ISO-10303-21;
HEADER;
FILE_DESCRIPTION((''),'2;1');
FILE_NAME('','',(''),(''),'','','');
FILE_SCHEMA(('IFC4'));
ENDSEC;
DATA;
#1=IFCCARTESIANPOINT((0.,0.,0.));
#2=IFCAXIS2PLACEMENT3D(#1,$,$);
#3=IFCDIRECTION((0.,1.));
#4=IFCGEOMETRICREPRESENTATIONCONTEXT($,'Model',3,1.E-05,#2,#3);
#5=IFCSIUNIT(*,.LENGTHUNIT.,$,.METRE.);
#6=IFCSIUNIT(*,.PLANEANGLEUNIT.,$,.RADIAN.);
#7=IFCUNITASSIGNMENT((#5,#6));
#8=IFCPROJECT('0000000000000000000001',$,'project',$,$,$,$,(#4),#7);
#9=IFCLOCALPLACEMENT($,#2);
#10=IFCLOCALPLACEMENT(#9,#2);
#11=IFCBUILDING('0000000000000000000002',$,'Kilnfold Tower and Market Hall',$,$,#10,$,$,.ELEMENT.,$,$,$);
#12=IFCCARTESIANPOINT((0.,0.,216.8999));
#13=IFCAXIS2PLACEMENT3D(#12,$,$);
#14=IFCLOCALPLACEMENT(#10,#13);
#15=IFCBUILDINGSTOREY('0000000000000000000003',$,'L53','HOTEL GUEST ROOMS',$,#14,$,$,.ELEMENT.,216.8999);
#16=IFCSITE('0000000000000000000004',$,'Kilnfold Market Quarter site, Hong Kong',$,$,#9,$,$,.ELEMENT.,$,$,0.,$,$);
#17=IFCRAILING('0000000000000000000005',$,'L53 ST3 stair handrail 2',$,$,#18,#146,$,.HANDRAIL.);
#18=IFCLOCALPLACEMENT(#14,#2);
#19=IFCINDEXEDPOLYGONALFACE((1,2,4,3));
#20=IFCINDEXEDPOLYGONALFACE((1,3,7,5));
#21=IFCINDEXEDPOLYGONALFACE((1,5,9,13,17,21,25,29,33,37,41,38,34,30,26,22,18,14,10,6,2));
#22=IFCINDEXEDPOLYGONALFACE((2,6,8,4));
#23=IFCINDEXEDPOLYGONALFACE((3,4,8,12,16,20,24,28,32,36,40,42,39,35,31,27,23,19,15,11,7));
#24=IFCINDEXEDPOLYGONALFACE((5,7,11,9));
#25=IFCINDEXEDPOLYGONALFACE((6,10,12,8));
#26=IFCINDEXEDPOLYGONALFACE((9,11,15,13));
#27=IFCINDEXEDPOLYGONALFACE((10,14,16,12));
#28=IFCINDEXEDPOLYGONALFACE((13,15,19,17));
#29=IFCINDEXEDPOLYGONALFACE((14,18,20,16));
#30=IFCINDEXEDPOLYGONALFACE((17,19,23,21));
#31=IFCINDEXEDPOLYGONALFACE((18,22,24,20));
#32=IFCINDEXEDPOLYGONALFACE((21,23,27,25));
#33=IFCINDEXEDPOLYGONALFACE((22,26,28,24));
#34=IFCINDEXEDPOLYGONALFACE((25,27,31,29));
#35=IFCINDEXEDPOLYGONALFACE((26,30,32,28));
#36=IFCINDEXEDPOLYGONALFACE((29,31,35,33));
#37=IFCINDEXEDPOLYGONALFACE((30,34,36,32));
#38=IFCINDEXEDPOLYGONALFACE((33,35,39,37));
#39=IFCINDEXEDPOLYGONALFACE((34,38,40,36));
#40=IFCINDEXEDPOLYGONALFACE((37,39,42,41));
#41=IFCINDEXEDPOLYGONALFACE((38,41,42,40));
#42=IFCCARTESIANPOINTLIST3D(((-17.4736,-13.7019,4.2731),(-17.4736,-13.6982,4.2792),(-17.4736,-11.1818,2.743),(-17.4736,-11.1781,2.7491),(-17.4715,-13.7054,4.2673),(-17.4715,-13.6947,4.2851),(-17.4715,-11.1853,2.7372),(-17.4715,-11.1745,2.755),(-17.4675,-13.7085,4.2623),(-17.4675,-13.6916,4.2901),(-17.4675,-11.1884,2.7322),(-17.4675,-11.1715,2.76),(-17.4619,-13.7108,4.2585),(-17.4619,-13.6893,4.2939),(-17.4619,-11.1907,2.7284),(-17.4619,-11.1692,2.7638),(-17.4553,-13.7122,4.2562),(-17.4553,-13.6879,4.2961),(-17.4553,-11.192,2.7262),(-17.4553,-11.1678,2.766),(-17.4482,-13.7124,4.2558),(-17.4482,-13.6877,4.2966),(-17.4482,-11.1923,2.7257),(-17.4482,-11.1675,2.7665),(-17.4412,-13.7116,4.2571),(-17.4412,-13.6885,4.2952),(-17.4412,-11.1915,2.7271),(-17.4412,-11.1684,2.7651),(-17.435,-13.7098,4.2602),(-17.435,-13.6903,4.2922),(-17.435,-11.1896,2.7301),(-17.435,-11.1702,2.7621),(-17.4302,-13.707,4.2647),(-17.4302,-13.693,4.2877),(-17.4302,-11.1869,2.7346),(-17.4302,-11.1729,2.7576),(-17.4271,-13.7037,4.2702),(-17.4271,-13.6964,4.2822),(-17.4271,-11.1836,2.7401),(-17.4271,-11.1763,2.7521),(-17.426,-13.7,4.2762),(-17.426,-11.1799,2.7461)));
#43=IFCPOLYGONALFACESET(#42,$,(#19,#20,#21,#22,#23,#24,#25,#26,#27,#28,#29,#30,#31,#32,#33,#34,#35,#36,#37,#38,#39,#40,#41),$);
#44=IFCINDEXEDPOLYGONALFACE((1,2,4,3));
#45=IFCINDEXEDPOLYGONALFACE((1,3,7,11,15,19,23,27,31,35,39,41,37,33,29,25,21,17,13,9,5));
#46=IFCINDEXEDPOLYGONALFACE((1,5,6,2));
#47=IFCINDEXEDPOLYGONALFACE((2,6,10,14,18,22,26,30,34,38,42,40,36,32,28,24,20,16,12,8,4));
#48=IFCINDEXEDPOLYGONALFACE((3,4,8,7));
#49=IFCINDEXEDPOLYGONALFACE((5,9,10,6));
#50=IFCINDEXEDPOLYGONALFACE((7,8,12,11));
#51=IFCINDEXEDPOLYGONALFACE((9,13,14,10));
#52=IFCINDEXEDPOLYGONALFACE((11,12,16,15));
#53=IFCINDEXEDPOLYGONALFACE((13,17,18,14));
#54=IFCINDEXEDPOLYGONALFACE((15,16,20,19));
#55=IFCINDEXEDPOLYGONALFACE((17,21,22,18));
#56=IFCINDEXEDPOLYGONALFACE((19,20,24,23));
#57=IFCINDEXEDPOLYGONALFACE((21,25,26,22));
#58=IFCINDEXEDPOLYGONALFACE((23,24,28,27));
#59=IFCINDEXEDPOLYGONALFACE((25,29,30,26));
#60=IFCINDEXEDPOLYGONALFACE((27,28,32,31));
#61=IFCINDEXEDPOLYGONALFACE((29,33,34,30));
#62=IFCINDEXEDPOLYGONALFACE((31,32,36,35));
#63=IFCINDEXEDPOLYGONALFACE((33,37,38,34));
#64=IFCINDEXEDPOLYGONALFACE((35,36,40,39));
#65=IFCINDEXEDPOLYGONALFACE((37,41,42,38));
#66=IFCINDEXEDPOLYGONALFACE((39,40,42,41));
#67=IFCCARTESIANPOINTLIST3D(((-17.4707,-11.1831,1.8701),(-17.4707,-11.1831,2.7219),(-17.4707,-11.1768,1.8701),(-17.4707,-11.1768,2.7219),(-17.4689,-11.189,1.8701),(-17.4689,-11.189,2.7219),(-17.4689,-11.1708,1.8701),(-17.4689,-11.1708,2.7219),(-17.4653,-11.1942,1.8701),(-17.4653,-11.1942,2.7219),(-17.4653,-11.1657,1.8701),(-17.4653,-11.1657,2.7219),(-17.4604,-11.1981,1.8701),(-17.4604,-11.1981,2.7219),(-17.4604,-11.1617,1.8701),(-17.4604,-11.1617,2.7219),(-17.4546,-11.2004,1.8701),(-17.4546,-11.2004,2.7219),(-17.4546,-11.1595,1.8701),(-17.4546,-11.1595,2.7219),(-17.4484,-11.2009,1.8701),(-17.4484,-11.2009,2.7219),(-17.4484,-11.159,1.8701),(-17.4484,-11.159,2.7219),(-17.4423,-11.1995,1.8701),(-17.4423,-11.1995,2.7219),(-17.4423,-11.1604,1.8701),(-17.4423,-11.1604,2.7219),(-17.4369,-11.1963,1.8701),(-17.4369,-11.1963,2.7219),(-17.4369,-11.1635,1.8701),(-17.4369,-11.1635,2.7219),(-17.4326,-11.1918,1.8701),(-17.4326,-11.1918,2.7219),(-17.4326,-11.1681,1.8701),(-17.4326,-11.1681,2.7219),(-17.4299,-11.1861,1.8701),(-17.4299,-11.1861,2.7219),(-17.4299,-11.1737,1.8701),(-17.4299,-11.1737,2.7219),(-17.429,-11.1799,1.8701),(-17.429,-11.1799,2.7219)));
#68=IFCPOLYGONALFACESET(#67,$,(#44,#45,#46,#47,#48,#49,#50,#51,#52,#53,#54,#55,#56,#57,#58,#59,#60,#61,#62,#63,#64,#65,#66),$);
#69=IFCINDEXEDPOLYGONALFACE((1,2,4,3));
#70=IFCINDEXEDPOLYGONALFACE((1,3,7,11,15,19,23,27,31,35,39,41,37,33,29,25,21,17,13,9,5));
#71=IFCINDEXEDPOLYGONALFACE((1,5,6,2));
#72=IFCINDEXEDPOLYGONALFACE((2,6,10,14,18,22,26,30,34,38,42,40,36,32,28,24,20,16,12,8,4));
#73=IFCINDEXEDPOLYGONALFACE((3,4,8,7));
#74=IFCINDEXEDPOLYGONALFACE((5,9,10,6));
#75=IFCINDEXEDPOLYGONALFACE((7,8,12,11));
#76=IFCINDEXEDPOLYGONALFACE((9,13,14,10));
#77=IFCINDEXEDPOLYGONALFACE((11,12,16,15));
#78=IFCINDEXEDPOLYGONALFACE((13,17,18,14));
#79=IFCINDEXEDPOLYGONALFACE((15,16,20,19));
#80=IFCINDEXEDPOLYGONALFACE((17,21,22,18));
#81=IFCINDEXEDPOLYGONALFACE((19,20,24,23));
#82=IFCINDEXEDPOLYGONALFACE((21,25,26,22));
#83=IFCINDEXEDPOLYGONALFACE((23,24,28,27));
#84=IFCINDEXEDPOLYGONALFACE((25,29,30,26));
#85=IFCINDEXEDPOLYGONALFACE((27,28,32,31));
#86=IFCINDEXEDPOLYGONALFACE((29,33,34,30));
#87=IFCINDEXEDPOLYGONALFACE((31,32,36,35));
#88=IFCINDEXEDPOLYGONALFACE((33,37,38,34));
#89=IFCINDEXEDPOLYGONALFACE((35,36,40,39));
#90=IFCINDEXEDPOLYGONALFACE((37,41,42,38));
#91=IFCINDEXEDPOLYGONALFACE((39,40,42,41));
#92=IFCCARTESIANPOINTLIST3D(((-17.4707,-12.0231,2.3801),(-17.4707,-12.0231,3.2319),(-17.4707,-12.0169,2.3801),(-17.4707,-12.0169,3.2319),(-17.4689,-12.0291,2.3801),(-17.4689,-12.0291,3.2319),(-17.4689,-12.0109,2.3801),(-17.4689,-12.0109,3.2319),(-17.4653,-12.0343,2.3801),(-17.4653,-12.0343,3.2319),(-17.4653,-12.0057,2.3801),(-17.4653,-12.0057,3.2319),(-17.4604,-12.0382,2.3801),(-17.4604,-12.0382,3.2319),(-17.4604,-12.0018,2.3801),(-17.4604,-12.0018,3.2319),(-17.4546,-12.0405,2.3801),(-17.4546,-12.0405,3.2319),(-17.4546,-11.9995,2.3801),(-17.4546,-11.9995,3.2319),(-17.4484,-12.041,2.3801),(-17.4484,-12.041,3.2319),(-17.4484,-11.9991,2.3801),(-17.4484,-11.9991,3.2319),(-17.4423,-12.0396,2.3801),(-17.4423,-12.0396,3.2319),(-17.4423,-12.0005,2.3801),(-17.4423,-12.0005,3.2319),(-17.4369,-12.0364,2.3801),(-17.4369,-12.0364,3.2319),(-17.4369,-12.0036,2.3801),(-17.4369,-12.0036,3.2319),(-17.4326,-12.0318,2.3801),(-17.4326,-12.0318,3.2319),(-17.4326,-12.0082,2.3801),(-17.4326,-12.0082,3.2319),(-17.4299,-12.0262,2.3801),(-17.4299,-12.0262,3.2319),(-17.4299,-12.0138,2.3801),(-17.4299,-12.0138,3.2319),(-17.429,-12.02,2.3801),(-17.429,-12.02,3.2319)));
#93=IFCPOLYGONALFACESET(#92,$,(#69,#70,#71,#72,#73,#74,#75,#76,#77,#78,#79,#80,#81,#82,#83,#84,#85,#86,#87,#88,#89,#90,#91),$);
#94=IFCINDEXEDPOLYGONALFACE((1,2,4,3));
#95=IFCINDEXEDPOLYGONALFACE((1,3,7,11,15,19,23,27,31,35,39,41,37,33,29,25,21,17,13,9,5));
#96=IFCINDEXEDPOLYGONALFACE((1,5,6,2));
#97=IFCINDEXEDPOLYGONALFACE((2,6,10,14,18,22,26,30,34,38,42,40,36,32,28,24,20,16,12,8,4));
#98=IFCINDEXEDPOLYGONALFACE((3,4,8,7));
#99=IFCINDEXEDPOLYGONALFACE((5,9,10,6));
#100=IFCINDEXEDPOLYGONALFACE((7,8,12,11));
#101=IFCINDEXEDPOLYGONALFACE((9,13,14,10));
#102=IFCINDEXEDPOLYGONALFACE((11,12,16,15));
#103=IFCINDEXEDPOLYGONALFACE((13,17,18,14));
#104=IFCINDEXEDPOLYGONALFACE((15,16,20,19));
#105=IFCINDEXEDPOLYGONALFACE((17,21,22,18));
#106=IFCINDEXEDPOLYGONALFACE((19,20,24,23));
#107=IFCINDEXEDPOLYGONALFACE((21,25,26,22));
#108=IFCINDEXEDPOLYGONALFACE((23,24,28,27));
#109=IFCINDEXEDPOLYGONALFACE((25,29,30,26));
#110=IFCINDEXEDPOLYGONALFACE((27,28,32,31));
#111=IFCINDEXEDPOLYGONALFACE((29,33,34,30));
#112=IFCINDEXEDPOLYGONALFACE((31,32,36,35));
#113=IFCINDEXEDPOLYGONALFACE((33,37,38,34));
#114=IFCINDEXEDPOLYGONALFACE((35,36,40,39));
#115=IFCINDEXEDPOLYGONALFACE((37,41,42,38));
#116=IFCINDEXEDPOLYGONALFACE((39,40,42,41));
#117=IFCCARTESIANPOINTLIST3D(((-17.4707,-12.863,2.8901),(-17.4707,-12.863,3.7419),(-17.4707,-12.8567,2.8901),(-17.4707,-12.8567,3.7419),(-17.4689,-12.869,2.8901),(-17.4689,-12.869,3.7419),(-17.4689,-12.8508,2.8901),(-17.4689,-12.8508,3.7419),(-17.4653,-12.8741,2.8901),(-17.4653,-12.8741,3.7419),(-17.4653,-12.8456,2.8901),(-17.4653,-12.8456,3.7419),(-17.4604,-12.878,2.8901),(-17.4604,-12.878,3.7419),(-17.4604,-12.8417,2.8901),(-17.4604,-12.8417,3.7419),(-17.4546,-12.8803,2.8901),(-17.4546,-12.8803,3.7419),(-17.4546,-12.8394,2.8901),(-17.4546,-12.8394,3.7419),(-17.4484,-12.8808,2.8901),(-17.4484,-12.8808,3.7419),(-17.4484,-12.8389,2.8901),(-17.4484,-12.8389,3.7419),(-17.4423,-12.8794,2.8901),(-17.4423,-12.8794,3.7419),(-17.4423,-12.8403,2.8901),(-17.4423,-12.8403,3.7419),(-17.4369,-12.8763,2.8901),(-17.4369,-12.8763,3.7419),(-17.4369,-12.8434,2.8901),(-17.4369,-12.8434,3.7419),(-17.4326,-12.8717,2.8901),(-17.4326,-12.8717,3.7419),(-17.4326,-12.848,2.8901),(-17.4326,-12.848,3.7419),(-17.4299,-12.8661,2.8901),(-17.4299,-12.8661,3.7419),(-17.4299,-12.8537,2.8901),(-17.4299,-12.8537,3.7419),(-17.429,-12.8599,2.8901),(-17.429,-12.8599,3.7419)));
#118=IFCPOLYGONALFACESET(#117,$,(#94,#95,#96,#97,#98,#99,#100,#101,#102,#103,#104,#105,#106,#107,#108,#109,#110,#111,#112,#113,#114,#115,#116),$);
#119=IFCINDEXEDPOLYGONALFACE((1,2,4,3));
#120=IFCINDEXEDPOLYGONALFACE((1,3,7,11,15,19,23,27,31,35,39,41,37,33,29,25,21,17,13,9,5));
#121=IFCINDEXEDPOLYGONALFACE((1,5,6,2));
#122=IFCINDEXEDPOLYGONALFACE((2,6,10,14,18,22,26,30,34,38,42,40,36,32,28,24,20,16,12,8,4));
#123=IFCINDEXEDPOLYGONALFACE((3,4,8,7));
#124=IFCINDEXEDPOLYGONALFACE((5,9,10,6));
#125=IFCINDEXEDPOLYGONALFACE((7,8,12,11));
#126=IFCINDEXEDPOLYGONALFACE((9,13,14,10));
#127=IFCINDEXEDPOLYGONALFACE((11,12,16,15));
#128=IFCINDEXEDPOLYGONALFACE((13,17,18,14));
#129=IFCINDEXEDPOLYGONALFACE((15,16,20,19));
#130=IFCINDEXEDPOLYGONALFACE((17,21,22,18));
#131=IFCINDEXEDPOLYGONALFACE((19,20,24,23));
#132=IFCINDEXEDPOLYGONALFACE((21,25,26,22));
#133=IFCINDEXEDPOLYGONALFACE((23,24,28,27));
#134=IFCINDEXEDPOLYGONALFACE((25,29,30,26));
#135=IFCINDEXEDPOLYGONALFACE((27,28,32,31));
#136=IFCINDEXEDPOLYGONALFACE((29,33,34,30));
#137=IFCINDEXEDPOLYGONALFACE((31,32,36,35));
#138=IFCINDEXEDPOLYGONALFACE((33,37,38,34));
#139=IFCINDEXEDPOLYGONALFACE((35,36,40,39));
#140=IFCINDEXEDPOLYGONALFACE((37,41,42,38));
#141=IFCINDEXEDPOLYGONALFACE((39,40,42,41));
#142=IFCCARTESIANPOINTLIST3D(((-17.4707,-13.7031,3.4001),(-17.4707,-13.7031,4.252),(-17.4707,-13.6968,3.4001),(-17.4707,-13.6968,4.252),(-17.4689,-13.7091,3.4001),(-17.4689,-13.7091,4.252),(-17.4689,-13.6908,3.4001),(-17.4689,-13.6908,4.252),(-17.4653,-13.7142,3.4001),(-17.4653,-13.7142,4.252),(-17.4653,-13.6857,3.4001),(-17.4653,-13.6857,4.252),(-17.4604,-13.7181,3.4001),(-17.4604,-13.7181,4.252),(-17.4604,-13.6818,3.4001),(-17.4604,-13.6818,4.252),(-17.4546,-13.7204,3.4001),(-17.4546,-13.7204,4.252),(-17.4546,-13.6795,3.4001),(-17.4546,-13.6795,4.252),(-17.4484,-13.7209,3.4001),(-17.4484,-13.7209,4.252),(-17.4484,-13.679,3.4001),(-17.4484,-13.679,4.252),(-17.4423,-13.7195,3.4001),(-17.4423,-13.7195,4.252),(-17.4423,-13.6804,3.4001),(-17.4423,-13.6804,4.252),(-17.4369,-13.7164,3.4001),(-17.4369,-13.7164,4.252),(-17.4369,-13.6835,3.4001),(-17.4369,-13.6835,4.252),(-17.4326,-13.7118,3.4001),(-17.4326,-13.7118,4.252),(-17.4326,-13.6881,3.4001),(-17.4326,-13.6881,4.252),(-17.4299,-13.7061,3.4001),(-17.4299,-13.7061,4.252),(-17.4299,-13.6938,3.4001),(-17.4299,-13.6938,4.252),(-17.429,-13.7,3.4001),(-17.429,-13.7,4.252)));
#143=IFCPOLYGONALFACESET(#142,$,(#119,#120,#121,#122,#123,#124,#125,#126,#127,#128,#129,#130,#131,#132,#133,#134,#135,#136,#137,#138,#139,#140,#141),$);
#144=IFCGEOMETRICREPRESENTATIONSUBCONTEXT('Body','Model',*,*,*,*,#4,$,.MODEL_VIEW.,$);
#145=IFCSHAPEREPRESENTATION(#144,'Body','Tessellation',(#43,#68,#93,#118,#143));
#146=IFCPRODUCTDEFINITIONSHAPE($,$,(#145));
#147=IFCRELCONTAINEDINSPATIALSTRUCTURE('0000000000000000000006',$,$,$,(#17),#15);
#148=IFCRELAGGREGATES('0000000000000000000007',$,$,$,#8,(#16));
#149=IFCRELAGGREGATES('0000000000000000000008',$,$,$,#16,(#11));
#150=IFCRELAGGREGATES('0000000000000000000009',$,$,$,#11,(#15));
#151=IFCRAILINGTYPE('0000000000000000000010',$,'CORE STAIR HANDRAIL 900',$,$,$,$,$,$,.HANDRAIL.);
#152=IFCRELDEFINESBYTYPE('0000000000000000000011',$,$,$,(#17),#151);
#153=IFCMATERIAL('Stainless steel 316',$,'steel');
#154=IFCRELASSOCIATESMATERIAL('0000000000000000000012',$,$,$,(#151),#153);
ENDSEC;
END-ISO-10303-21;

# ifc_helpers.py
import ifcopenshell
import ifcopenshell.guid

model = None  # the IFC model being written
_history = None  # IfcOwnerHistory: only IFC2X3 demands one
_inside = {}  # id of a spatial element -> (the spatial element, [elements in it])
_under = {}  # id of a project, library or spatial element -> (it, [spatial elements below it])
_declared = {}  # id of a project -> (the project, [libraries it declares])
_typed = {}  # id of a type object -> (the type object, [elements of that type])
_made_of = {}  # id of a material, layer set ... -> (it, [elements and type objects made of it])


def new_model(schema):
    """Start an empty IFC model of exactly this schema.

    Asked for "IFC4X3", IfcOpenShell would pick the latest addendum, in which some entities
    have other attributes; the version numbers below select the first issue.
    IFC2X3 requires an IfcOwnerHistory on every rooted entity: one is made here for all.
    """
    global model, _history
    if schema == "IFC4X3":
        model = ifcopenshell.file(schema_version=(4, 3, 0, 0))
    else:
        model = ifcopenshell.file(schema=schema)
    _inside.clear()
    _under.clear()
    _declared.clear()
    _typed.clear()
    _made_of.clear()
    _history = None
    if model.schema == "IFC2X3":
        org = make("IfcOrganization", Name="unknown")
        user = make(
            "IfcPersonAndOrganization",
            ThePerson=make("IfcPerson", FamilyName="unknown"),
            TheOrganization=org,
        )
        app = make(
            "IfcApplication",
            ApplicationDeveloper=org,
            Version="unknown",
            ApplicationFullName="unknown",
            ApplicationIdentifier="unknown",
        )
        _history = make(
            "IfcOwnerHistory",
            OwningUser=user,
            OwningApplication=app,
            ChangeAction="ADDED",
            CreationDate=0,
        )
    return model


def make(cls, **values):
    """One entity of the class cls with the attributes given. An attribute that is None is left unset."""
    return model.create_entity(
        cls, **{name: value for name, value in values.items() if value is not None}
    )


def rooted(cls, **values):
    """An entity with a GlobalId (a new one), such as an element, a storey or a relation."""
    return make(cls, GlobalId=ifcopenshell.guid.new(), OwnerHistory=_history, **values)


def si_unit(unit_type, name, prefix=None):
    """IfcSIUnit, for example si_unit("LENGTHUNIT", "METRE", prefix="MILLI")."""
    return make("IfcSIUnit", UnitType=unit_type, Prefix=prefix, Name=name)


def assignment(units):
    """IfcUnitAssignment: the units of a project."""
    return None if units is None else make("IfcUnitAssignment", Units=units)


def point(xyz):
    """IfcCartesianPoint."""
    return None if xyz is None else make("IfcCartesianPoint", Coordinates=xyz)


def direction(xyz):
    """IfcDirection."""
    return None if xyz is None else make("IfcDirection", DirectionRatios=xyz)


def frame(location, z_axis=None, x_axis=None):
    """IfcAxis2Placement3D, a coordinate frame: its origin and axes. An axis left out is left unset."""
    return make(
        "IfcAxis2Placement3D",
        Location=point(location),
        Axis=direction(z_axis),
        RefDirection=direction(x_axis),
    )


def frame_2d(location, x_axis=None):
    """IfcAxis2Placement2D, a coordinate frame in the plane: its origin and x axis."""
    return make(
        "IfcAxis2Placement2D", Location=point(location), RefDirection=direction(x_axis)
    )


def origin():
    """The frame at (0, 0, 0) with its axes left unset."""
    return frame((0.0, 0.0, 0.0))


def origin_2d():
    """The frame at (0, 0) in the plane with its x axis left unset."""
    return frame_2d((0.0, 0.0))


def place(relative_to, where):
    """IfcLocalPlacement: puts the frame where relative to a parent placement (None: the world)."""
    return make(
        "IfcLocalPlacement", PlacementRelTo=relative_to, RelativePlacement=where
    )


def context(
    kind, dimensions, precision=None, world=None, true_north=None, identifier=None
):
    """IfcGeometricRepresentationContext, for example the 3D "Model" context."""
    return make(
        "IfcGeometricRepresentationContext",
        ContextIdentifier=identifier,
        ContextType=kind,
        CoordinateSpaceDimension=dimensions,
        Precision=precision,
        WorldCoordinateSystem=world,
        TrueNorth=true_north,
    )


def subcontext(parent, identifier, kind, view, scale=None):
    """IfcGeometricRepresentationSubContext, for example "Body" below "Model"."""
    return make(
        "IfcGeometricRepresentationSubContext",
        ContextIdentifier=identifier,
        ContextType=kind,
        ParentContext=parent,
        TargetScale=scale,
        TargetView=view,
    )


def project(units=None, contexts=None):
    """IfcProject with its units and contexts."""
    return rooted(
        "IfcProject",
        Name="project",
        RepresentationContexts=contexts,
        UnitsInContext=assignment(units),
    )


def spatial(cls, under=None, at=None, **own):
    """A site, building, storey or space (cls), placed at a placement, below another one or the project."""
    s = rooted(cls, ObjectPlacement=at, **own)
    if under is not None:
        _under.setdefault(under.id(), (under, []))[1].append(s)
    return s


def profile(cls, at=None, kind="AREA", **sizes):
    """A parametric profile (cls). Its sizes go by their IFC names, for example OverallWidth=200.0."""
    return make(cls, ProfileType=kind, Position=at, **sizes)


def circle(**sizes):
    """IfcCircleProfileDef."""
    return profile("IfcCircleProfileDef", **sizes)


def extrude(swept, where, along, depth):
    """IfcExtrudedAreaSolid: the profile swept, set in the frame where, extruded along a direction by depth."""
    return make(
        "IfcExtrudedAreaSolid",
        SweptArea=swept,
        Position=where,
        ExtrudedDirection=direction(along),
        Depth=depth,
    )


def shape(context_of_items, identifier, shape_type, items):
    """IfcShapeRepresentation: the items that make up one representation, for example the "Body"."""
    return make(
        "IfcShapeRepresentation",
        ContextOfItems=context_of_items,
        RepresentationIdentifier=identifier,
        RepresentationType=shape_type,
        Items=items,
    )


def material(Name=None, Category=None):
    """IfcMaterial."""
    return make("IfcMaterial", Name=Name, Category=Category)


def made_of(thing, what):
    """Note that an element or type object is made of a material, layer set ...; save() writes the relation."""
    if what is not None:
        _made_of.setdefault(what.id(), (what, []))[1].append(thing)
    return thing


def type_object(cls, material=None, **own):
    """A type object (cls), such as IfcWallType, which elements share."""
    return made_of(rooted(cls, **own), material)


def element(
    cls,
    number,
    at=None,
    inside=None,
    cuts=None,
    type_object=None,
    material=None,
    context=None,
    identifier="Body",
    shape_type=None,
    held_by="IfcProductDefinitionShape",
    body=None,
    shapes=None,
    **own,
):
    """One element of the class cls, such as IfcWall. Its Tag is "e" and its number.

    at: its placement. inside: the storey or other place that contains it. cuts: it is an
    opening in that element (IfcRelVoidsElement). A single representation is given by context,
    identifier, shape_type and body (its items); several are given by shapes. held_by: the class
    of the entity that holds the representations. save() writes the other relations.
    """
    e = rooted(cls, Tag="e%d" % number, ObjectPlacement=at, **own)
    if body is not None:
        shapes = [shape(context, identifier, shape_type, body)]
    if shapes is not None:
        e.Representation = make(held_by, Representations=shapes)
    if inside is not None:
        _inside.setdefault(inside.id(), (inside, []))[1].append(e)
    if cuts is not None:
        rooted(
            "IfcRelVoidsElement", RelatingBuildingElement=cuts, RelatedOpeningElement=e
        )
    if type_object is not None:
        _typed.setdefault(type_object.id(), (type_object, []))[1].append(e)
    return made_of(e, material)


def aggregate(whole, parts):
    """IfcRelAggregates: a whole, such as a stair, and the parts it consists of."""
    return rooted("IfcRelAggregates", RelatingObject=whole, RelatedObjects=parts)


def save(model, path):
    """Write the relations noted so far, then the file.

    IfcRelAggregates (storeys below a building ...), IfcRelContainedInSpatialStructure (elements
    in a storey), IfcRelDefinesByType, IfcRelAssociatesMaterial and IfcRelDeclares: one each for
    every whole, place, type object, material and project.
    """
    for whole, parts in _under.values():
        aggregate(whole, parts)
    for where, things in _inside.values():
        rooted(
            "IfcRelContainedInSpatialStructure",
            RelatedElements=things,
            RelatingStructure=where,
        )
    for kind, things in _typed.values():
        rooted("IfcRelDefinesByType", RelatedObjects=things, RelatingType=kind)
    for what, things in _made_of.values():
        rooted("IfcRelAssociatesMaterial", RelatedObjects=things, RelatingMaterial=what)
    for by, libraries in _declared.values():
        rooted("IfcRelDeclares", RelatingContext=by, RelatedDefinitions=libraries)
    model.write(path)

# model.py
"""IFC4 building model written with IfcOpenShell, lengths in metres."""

from ifc_helpers import new_model, si_unit, direction, frame, origin, origin_2d, place, context, subcontext, project, spatial, circle, extrude, material, type_object, element, save


model = new_model("IFC4")

# Units and contexts
model_context = context("Model", 3, precision=1e-05, world=origin(), true_north=direction((0.0, 1.0)))
body_context = subcontext(model_context, "Body", "Model", "MODEL_VIEW")
ifc_project = project(units=[si_unit("LENGTHUNIT", "METRE"), si_unit("PLANEANGLEUNIT", "RADIAN")], contexts=[model_context])

# Site, building, storey
site_placement = place(None, origin())
site = spatial("IfcSite", under=ifc_project, at=site_placement, Name="Kilnfold Market Quarter site, Hong Kong", CompositionType="ELEMENT", RefElevation=0.0)
building_placement = place(site_placement, origin())
building = spatial("IfcBuilding", under=site, at=building_placement, Name="Kilnfold Tower and Market Hall", CompositionType="ELEMENT")
storey_placement = place(building_placement, frame((0.0, 0.0, 216.8999)))
storey = spatial("IfcBuildingStorey", under=building, at=storey_placement, Name="L53", Description="HOTEL GUEST ROOMS", CompositionType="ELEMENT", Elevation=216.8999)

# Railing
ifc_material_1 = material(Name="Stainless steel 316", Category="steel")
railing_type_1 = type_object("IfcRailingType", Name="CORE STAIR HANDRAIL 900", PredefinedType="HANDRAIL", material=ifc_material_1)
railing_1_placement = place(storey_placement, frame((-17.45, -11.1799, 1.8701)))
element("IfcRailing", 1, at=railing_1_placement, inside=storey, type_object=railing_type_1, Name="L53 ST3 stair handrail 2", PredefinedType="HANDRAIL", context=body_context, shape_type="SweptSolid", body=[
    extrude(circle(Radius=0.0239, at=origin_2d()), frame((0.0, 0.0, 0.876), z_axis=(0.0, -0.854785, 0.518982), x_axis=(1.0, 0.0, 0.0)), (0.0, 0.0, 1.0), 2.9482),
    extrude(circle(Radius=0.021, at=origin_2d()), origin(), (0.0, 0.0, 1.0), 0.8518),
    extrude(circle(Radius=0.021, at=origin_2d()), frame((0.0, -0.8401, 0.51)), (0.0, 0.0, 1.0), 0.8518),
    extrude(circle(Radius=0.021, at=origin_2d()), frame((0.0, -1.6799, 1.02)), (0.0, 0.0, 1.0), 0.8518),
    extrude(circle(Radius=0.021, at=origin_2d()), frame((0.0, -2.52, 1.53)), (0.0, 0.0, 1.0), 0.8518),
])

save(model, "model.ifc")
